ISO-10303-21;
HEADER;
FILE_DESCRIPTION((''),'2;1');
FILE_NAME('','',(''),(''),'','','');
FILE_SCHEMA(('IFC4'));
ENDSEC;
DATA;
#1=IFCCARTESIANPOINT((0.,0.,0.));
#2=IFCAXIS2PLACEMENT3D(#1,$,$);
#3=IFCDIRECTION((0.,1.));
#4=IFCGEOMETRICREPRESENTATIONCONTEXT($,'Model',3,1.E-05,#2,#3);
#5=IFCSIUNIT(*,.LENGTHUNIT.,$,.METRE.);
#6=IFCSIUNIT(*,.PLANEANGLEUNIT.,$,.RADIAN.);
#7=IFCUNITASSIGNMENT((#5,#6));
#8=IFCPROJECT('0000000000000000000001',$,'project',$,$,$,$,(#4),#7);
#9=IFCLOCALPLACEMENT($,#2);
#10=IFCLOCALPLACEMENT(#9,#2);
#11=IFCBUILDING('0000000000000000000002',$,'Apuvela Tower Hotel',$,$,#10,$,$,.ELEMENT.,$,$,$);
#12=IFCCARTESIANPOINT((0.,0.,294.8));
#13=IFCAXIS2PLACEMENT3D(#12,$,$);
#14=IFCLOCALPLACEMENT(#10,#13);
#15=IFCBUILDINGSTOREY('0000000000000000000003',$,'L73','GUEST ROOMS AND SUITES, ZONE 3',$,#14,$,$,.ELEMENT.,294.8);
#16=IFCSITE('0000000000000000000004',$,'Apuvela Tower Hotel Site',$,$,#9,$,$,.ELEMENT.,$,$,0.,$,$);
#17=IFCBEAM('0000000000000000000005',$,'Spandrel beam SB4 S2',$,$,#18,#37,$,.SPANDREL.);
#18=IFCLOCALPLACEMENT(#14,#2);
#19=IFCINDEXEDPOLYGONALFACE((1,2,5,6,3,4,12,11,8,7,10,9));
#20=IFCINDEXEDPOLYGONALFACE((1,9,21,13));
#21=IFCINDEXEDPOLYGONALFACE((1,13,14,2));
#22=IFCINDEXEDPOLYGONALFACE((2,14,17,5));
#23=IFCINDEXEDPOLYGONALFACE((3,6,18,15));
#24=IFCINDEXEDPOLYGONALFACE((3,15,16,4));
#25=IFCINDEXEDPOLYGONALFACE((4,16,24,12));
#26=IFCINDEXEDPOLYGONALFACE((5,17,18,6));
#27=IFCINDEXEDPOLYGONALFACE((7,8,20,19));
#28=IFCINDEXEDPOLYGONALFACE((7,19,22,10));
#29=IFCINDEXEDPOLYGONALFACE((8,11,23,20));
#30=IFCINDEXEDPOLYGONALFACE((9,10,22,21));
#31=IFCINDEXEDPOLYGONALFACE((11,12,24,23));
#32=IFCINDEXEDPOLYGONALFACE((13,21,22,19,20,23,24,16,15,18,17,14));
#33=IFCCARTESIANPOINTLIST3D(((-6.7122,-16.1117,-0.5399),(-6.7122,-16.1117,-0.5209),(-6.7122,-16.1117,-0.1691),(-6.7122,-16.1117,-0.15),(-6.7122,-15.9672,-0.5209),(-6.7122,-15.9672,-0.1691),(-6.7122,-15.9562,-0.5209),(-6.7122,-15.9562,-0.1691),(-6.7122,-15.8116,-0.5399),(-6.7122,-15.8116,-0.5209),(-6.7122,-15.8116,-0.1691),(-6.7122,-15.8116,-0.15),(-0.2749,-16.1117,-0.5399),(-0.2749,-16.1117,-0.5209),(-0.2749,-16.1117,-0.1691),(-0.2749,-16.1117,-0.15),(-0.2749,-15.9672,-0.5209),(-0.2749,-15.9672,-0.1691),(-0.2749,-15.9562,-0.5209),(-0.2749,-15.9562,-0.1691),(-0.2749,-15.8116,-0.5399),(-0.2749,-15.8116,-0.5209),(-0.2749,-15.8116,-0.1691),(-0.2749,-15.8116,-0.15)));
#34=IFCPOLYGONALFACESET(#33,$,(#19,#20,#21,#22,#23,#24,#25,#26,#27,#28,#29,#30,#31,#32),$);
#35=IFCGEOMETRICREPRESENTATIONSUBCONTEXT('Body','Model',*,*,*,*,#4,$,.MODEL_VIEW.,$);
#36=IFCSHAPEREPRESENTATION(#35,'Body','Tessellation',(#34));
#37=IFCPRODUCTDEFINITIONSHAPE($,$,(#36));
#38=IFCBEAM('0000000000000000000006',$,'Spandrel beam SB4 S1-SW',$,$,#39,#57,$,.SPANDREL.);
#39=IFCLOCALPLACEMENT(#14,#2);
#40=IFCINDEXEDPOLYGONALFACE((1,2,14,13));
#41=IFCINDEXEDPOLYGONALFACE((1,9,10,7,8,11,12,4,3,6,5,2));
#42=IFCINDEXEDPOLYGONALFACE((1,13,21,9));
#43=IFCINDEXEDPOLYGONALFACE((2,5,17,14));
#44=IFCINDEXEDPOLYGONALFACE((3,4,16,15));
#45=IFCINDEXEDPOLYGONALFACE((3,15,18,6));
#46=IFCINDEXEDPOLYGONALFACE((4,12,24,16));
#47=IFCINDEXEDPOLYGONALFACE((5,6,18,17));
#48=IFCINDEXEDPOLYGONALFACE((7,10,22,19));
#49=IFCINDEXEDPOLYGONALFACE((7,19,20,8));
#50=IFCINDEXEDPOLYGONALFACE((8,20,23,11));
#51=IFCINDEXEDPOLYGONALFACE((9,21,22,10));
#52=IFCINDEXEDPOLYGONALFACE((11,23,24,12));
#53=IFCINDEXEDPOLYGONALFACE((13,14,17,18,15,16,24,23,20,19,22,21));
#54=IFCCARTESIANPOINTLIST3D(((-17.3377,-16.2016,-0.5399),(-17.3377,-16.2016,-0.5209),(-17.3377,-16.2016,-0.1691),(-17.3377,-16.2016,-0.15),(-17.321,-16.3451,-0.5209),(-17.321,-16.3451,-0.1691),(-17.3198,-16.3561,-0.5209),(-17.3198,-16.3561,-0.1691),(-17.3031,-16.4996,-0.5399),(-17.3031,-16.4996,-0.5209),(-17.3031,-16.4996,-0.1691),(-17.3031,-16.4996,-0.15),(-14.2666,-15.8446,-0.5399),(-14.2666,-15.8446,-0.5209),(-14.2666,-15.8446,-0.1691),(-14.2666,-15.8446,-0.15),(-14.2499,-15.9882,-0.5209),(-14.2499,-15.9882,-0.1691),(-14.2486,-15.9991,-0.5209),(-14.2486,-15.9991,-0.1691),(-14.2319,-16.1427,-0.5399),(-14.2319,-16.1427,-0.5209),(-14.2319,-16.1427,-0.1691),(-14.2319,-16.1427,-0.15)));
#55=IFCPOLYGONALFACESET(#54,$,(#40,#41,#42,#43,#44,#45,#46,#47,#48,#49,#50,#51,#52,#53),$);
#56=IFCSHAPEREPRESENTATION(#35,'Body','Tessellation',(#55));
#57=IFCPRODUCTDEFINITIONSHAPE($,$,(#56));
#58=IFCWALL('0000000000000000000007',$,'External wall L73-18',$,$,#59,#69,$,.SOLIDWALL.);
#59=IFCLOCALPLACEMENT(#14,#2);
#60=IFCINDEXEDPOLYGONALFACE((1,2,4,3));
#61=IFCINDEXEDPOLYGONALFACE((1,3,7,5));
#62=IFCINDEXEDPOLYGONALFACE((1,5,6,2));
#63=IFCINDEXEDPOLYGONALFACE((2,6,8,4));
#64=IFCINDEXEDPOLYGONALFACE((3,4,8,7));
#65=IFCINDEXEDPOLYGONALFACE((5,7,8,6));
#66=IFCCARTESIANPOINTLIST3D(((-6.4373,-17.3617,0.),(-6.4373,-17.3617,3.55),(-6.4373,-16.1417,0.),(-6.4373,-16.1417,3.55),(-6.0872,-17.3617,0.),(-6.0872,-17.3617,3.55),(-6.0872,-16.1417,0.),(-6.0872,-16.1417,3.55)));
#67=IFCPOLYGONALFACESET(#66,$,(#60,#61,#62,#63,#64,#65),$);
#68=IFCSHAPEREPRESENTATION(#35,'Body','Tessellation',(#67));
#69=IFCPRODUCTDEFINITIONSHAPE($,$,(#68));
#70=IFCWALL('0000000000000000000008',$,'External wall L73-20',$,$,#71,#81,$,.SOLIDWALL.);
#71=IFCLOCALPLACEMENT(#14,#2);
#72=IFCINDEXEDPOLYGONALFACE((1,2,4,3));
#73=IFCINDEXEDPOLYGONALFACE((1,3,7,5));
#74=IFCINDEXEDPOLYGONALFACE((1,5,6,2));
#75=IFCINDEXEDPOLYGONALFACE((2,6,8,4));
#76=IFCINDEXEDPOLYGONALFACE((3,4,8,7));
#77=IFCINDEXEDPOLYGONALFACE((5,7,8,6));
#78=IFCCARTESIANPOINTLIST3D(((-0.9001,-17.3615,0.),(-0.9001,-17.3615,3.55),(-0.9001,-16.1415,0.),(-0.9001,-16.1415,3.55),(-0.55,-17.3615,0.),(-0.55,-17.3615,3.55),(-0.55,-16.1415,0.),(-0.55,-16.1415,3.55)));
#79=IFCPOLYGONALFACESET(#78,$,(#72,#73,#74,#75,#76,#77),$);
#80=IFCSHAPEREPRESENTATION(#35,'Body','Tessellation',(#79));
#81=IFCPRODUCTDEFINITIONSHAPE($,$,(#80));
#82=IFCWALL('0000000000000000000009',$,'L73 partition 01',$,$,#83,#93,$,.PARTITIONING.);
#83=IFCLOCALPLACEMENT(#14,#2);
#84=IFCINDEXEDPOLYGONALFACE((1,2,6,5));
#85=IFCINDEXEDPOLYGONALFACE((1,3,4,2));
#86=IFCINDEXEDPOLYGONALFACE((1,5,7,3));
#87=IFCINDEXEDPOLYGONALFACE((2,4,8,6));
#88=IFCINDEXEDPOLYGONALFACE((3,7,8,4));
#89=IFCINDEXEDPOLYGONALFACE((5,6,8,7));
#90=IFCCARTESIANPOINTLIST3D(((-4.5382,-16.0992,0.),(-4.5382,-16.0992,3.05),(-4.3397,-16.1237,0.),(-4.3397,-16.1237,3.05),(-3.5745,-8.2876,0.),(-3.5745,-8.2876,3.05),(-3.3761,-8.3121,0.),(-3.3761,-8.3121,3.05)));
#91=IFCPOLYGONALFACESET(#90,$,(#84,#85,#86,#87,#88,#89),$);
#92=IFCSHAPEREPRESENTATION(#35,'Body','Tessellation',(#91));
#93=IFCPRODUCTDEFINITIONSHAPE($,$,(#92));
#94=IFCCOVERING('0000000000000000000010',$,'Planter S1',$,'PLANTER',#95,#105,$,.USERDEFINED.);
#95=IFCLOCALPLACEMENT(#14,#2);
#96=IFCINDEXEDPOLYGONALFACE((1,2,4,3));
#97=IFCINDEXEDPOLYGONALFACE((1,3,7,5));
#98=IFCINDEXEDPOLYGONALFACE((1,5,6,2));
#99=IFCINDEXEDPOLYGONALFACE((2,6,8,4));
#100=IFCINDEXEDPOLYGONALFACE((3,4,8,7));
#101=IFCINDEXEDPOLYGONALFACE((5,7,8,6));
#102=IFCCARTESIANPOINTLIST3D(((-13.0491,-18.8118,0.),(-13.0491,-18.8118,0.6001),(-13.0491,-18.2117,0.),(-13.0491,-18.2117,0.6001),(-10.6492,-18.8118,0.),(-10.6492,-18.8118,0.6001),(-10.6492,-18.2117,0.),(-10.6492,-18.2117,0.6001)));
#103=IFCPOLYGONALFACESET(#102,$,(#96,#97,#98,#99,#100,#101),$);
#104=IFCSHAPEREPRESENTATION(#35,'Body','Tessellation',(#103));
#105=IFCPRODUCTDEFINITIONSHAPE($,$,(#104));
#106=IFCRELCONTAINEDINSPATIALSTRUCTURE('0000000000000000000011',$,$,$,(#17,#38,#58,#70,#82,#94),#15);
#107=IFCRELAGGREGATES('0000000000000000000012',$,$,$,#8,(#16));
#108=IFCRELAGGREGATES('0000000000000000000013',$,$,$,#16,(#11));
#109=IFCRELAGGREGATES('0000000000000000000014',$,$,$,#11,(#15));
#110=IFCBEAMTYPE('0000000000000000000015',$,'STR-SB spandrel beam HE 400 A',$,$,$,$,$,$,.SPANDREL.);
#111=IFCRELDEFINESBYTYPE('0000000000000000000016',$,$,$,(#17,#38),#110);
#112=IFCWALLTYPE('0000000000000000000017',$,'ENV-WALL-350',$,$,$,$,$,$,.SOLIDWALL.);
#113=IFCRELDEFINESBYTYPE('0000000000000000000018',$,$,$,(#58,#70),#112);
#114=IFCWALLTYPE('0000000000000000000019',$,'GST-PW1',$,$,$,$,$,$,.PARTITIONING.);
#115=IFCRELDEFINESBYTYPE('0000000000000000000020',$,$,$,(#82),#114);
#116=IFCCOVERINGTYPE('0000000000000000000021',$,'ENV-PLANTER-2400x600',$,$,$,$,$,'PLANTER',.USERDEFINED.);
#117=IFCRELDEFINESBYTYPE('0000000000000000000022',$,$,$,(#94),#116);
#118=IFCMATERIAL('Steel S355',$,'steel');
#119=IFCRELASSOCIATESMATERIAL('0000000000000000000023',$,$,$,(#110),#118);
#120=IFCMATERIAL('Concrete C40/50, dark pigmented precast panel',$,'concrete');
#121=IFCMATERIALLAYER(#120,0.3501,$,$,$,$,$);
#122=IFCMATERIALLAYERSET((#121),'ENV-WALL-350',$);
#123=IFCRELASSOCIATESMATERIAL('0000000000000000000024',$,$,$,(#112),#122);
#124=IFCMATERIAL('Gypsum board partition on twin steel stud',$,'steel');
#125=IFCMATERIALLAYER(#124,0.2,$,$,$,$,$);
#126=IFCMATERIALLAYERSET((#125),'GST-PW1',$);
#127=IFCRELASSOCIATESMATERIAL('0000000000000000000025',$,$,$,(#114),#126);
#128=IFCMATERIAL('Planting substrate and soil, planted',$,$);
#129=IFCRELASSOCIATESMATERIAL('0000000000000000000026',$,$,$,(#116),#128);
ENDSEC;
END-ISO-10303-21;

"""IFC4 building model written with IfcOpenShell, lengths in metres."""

from ifc_helpers import new_model, si_unit, direction, frame, frame_2d, origin, origin_2d, place, context, subcontext, project, spatial, rectangle, i_section, extrude, material, layer, layer_set, material_profile, profile_set, type_object, element, save


model = new_model("IFC4")

# Units and contexts
model_context = context("Model", 3, precision=1e-05, world=origin(), true_north=direction((0.0, 1.0)))
body_context = subcontext(model_context, "Body", "Model", "MODEL_VIEW")
ifc_project = project(units=[si_unit("LENGTHUNIT", "METRE"), si_unit("PLANEANGLEUNIT", "RADIAN")], contexts=[model_context])

# Site, building, storey
site_placement = place(None, origin())
site = spatial("IfcSite", under=ifc_project, at=site_placement, Name="Apuvela Tower Hotel Site", CompositionType="ELEMENT", RefElevation=0.0)
building_placement = place(site_placement, origin())
building = spatial("IfcBuilding", under=site, at=building_placement, Name="Apuvela Tower Hotel", CompositionType="ELEMENT")
storey_placement = place(building_placement, frame((0.0, 0.0, 294.8)))
storey = spatial("IfcBuildingStorey", under=building, at=storey_placement, Name="L73", Description="GUEST ROOMS AND SUITES, ZONE 3", CompositionType="ELEMENT", Elevation=294.8)

# Beams
ifc_material_1 = material(Name="Steel S355", Category="steel")
ifc_material_profile_1 = material_profile(ifc_material_1, i_section(OverallWidth=0.3, OverallDepth=0.3899, WebThickness=0.011, FlangeThickness=0.019, at=origin_2d()), Name="HE 400 A")
ifc_profile_set_1 = profile_set([ifc_material_profile_1], Name="Steel S355")
beam_type_1 = type_object("IfcBeamType", Name="STR-SB spandrel beam HE 400 A", PredefinedType="SPANDREL", material=ifc_profile_set_1)
beam_1_placement = place(storey_placement, frame((-6.7122, -15.9617, -0.345), z_axis=(1.0, 0.0, 0.0), x_axis=(0.0, 1.0, 0.0)))
element("IfcBeam", 1, at=beam_1_placement, inside=storey, type_object=beam_type_1, Name="Spandrel beam SB4 S2", PredefinedType="SPANDREL", context=body_context, shape_type="SweptSolid", body=[
    extrude(i_section(OverallWidth=0.3, OverallDepth=0.3899, WebThickness=0.011, FlangeThickness=0.019, at=origin_2d()), origin(), (0.0, 0.0, 1.0), 6.4373),
])
beam_2_placement = place(storey_placement, frame((-14.2493, -15.9937, -0.345), z_axis=(-0.993313, -0.115448, 0.0), x_axis=(0.115448, -0.993313, 0.0)))
element("IfcBeam", 2, at=beam_2_placement, inside=storey, type_object=beam_type_1, Name="Spandrel beam SB4 S1-SW", PredefinedType="SPANDREL", context=body_context, shape_type="SweptSolid", body=[
    extrude(i_section(OverallWidth=0.3, OverallDepth=0.3899, WebThickness=0.011, FlangeThickness=0.019, at=origin_2d()), origin(), (0.0, 0.0, 1.0), 3.0918),
])

# Wall
ifc_material_2 = material(Name="Concrete C40/50, dark pigmented precast panel", Category="concrete")
ifc_layer_1 = layer(ifc_material_2, 0.3501)
ifc_layer_set_1 = layer_set([ifc_layer_1], Name="ENV-WALL-350")
wall_type_1 = type_object("IfcWallType", Name="ENV-WALL-350", PredefinedType="SOLIDWALL", material=ifc_layer_set_1)
wall_1_placement = place(storey_placement, frame((-6.2622, -17.3616, 0.0), z_axis=(0.0, 0.0, 1.0), x_axis=(0.0, 1.0, 0.0)))
element("IfcWall", 3, at=wall_1_placement, inside=storey, type_object=wall_type_1, Name="External wall L73-18", PredefinedType="SOLIDWALL", context=body_context, shape_type="SweptSolid", body=[
    extrude(rectangle(XDim=1.22, YDim=0.3501, at=frame_2d((0.6099, 0.0))), origin(), (0.0, 0.0, 1.0), 3.55),
])

# Wall
wall_2_placement = place(storey_placement, frame((-0.7251, -16.1416, 0.0), z_axis=(0.0, 0.0, 1.0), x_axis=(0.0, -1.0, 0.0)))
element("IfcWall", 4, at=wall_2_placement, inside=storey, type_object=wall_type_1, Name="External wall L73-20", PredefinedType="SOLIDWALL", context=body_context, shape_type="SweptSolid", body=[
    extrude(rectangle(XDim=1.22, YDim=0.3501, at=frame_2d((0.6099, 0.0))), origin(), (0.0, 0.0, 1.0), 3.55),
])

# Wall
ifc_material_3 = material(Name="Gypsum board partition on twin steel stud", Category="steel")
ifc_layer_2 = layer(ifc_material_3, 0.2)
ifc_layer_set_2 = layer_set([ifc_layer_2], Name="GST-PW1")
wall_type_2 = type_object("IfcWallType", Name="GST-PW1", PredefinedType="PARTITIONING", material=ifc_layer_set_2)
wall_3_placement = place(storey_placement, frame((-4.439, -16.1116, 0.0), z_axis=(0.0, 0.0, 1.0), x_axis=(0.122431, 0.992477, 0.0)))
element("IfcWall", 5, at=wall_3_placement, inside=storey, type_object=wall_type_2, Name="L73 partition 01", PredefinedType="PARTITIONING", context=body_context, shape_type="SweptSolid", body=[
    extrude(rectangle(XDim=7.8708, YDim=0.2, at=frame_2d((3.9355, 0.0))), origin(), (0.0, 0.0, 1.0), 3.05),
])

# Covering
ifc_material_4 = material(Name="Planting substrate and soil, planted")
covering_type = type_object("IfcCoveringType", Name="ENV-PLANTER-2400x600", ElementType="PLANTER", PredefinedType="USERDEFINED", material=ifc_material_4)
covering_placement = place(storey_placement, frame((-11.8491, -18.5117, 0.0), z_axis=(0.0, 0.0, 1.0), x_axis=(1.0, 0.0, 0.0)))
element("IfcCovering", 6, at=covering_placement, inside=storey, type_object=covering_type, Name="Planter S1", ObjectType="PLANTER", PredefinedType="USERDEFINED", context=body_context, shape_type="SweptSolid", body=[
    extrude(rectangle(XDim=2.3999, YDim=0.6001, at=origin_2d()), origin(), (0.0, 0.0, 1.0), 0.6001),
])

save(model, "model.ifc")
